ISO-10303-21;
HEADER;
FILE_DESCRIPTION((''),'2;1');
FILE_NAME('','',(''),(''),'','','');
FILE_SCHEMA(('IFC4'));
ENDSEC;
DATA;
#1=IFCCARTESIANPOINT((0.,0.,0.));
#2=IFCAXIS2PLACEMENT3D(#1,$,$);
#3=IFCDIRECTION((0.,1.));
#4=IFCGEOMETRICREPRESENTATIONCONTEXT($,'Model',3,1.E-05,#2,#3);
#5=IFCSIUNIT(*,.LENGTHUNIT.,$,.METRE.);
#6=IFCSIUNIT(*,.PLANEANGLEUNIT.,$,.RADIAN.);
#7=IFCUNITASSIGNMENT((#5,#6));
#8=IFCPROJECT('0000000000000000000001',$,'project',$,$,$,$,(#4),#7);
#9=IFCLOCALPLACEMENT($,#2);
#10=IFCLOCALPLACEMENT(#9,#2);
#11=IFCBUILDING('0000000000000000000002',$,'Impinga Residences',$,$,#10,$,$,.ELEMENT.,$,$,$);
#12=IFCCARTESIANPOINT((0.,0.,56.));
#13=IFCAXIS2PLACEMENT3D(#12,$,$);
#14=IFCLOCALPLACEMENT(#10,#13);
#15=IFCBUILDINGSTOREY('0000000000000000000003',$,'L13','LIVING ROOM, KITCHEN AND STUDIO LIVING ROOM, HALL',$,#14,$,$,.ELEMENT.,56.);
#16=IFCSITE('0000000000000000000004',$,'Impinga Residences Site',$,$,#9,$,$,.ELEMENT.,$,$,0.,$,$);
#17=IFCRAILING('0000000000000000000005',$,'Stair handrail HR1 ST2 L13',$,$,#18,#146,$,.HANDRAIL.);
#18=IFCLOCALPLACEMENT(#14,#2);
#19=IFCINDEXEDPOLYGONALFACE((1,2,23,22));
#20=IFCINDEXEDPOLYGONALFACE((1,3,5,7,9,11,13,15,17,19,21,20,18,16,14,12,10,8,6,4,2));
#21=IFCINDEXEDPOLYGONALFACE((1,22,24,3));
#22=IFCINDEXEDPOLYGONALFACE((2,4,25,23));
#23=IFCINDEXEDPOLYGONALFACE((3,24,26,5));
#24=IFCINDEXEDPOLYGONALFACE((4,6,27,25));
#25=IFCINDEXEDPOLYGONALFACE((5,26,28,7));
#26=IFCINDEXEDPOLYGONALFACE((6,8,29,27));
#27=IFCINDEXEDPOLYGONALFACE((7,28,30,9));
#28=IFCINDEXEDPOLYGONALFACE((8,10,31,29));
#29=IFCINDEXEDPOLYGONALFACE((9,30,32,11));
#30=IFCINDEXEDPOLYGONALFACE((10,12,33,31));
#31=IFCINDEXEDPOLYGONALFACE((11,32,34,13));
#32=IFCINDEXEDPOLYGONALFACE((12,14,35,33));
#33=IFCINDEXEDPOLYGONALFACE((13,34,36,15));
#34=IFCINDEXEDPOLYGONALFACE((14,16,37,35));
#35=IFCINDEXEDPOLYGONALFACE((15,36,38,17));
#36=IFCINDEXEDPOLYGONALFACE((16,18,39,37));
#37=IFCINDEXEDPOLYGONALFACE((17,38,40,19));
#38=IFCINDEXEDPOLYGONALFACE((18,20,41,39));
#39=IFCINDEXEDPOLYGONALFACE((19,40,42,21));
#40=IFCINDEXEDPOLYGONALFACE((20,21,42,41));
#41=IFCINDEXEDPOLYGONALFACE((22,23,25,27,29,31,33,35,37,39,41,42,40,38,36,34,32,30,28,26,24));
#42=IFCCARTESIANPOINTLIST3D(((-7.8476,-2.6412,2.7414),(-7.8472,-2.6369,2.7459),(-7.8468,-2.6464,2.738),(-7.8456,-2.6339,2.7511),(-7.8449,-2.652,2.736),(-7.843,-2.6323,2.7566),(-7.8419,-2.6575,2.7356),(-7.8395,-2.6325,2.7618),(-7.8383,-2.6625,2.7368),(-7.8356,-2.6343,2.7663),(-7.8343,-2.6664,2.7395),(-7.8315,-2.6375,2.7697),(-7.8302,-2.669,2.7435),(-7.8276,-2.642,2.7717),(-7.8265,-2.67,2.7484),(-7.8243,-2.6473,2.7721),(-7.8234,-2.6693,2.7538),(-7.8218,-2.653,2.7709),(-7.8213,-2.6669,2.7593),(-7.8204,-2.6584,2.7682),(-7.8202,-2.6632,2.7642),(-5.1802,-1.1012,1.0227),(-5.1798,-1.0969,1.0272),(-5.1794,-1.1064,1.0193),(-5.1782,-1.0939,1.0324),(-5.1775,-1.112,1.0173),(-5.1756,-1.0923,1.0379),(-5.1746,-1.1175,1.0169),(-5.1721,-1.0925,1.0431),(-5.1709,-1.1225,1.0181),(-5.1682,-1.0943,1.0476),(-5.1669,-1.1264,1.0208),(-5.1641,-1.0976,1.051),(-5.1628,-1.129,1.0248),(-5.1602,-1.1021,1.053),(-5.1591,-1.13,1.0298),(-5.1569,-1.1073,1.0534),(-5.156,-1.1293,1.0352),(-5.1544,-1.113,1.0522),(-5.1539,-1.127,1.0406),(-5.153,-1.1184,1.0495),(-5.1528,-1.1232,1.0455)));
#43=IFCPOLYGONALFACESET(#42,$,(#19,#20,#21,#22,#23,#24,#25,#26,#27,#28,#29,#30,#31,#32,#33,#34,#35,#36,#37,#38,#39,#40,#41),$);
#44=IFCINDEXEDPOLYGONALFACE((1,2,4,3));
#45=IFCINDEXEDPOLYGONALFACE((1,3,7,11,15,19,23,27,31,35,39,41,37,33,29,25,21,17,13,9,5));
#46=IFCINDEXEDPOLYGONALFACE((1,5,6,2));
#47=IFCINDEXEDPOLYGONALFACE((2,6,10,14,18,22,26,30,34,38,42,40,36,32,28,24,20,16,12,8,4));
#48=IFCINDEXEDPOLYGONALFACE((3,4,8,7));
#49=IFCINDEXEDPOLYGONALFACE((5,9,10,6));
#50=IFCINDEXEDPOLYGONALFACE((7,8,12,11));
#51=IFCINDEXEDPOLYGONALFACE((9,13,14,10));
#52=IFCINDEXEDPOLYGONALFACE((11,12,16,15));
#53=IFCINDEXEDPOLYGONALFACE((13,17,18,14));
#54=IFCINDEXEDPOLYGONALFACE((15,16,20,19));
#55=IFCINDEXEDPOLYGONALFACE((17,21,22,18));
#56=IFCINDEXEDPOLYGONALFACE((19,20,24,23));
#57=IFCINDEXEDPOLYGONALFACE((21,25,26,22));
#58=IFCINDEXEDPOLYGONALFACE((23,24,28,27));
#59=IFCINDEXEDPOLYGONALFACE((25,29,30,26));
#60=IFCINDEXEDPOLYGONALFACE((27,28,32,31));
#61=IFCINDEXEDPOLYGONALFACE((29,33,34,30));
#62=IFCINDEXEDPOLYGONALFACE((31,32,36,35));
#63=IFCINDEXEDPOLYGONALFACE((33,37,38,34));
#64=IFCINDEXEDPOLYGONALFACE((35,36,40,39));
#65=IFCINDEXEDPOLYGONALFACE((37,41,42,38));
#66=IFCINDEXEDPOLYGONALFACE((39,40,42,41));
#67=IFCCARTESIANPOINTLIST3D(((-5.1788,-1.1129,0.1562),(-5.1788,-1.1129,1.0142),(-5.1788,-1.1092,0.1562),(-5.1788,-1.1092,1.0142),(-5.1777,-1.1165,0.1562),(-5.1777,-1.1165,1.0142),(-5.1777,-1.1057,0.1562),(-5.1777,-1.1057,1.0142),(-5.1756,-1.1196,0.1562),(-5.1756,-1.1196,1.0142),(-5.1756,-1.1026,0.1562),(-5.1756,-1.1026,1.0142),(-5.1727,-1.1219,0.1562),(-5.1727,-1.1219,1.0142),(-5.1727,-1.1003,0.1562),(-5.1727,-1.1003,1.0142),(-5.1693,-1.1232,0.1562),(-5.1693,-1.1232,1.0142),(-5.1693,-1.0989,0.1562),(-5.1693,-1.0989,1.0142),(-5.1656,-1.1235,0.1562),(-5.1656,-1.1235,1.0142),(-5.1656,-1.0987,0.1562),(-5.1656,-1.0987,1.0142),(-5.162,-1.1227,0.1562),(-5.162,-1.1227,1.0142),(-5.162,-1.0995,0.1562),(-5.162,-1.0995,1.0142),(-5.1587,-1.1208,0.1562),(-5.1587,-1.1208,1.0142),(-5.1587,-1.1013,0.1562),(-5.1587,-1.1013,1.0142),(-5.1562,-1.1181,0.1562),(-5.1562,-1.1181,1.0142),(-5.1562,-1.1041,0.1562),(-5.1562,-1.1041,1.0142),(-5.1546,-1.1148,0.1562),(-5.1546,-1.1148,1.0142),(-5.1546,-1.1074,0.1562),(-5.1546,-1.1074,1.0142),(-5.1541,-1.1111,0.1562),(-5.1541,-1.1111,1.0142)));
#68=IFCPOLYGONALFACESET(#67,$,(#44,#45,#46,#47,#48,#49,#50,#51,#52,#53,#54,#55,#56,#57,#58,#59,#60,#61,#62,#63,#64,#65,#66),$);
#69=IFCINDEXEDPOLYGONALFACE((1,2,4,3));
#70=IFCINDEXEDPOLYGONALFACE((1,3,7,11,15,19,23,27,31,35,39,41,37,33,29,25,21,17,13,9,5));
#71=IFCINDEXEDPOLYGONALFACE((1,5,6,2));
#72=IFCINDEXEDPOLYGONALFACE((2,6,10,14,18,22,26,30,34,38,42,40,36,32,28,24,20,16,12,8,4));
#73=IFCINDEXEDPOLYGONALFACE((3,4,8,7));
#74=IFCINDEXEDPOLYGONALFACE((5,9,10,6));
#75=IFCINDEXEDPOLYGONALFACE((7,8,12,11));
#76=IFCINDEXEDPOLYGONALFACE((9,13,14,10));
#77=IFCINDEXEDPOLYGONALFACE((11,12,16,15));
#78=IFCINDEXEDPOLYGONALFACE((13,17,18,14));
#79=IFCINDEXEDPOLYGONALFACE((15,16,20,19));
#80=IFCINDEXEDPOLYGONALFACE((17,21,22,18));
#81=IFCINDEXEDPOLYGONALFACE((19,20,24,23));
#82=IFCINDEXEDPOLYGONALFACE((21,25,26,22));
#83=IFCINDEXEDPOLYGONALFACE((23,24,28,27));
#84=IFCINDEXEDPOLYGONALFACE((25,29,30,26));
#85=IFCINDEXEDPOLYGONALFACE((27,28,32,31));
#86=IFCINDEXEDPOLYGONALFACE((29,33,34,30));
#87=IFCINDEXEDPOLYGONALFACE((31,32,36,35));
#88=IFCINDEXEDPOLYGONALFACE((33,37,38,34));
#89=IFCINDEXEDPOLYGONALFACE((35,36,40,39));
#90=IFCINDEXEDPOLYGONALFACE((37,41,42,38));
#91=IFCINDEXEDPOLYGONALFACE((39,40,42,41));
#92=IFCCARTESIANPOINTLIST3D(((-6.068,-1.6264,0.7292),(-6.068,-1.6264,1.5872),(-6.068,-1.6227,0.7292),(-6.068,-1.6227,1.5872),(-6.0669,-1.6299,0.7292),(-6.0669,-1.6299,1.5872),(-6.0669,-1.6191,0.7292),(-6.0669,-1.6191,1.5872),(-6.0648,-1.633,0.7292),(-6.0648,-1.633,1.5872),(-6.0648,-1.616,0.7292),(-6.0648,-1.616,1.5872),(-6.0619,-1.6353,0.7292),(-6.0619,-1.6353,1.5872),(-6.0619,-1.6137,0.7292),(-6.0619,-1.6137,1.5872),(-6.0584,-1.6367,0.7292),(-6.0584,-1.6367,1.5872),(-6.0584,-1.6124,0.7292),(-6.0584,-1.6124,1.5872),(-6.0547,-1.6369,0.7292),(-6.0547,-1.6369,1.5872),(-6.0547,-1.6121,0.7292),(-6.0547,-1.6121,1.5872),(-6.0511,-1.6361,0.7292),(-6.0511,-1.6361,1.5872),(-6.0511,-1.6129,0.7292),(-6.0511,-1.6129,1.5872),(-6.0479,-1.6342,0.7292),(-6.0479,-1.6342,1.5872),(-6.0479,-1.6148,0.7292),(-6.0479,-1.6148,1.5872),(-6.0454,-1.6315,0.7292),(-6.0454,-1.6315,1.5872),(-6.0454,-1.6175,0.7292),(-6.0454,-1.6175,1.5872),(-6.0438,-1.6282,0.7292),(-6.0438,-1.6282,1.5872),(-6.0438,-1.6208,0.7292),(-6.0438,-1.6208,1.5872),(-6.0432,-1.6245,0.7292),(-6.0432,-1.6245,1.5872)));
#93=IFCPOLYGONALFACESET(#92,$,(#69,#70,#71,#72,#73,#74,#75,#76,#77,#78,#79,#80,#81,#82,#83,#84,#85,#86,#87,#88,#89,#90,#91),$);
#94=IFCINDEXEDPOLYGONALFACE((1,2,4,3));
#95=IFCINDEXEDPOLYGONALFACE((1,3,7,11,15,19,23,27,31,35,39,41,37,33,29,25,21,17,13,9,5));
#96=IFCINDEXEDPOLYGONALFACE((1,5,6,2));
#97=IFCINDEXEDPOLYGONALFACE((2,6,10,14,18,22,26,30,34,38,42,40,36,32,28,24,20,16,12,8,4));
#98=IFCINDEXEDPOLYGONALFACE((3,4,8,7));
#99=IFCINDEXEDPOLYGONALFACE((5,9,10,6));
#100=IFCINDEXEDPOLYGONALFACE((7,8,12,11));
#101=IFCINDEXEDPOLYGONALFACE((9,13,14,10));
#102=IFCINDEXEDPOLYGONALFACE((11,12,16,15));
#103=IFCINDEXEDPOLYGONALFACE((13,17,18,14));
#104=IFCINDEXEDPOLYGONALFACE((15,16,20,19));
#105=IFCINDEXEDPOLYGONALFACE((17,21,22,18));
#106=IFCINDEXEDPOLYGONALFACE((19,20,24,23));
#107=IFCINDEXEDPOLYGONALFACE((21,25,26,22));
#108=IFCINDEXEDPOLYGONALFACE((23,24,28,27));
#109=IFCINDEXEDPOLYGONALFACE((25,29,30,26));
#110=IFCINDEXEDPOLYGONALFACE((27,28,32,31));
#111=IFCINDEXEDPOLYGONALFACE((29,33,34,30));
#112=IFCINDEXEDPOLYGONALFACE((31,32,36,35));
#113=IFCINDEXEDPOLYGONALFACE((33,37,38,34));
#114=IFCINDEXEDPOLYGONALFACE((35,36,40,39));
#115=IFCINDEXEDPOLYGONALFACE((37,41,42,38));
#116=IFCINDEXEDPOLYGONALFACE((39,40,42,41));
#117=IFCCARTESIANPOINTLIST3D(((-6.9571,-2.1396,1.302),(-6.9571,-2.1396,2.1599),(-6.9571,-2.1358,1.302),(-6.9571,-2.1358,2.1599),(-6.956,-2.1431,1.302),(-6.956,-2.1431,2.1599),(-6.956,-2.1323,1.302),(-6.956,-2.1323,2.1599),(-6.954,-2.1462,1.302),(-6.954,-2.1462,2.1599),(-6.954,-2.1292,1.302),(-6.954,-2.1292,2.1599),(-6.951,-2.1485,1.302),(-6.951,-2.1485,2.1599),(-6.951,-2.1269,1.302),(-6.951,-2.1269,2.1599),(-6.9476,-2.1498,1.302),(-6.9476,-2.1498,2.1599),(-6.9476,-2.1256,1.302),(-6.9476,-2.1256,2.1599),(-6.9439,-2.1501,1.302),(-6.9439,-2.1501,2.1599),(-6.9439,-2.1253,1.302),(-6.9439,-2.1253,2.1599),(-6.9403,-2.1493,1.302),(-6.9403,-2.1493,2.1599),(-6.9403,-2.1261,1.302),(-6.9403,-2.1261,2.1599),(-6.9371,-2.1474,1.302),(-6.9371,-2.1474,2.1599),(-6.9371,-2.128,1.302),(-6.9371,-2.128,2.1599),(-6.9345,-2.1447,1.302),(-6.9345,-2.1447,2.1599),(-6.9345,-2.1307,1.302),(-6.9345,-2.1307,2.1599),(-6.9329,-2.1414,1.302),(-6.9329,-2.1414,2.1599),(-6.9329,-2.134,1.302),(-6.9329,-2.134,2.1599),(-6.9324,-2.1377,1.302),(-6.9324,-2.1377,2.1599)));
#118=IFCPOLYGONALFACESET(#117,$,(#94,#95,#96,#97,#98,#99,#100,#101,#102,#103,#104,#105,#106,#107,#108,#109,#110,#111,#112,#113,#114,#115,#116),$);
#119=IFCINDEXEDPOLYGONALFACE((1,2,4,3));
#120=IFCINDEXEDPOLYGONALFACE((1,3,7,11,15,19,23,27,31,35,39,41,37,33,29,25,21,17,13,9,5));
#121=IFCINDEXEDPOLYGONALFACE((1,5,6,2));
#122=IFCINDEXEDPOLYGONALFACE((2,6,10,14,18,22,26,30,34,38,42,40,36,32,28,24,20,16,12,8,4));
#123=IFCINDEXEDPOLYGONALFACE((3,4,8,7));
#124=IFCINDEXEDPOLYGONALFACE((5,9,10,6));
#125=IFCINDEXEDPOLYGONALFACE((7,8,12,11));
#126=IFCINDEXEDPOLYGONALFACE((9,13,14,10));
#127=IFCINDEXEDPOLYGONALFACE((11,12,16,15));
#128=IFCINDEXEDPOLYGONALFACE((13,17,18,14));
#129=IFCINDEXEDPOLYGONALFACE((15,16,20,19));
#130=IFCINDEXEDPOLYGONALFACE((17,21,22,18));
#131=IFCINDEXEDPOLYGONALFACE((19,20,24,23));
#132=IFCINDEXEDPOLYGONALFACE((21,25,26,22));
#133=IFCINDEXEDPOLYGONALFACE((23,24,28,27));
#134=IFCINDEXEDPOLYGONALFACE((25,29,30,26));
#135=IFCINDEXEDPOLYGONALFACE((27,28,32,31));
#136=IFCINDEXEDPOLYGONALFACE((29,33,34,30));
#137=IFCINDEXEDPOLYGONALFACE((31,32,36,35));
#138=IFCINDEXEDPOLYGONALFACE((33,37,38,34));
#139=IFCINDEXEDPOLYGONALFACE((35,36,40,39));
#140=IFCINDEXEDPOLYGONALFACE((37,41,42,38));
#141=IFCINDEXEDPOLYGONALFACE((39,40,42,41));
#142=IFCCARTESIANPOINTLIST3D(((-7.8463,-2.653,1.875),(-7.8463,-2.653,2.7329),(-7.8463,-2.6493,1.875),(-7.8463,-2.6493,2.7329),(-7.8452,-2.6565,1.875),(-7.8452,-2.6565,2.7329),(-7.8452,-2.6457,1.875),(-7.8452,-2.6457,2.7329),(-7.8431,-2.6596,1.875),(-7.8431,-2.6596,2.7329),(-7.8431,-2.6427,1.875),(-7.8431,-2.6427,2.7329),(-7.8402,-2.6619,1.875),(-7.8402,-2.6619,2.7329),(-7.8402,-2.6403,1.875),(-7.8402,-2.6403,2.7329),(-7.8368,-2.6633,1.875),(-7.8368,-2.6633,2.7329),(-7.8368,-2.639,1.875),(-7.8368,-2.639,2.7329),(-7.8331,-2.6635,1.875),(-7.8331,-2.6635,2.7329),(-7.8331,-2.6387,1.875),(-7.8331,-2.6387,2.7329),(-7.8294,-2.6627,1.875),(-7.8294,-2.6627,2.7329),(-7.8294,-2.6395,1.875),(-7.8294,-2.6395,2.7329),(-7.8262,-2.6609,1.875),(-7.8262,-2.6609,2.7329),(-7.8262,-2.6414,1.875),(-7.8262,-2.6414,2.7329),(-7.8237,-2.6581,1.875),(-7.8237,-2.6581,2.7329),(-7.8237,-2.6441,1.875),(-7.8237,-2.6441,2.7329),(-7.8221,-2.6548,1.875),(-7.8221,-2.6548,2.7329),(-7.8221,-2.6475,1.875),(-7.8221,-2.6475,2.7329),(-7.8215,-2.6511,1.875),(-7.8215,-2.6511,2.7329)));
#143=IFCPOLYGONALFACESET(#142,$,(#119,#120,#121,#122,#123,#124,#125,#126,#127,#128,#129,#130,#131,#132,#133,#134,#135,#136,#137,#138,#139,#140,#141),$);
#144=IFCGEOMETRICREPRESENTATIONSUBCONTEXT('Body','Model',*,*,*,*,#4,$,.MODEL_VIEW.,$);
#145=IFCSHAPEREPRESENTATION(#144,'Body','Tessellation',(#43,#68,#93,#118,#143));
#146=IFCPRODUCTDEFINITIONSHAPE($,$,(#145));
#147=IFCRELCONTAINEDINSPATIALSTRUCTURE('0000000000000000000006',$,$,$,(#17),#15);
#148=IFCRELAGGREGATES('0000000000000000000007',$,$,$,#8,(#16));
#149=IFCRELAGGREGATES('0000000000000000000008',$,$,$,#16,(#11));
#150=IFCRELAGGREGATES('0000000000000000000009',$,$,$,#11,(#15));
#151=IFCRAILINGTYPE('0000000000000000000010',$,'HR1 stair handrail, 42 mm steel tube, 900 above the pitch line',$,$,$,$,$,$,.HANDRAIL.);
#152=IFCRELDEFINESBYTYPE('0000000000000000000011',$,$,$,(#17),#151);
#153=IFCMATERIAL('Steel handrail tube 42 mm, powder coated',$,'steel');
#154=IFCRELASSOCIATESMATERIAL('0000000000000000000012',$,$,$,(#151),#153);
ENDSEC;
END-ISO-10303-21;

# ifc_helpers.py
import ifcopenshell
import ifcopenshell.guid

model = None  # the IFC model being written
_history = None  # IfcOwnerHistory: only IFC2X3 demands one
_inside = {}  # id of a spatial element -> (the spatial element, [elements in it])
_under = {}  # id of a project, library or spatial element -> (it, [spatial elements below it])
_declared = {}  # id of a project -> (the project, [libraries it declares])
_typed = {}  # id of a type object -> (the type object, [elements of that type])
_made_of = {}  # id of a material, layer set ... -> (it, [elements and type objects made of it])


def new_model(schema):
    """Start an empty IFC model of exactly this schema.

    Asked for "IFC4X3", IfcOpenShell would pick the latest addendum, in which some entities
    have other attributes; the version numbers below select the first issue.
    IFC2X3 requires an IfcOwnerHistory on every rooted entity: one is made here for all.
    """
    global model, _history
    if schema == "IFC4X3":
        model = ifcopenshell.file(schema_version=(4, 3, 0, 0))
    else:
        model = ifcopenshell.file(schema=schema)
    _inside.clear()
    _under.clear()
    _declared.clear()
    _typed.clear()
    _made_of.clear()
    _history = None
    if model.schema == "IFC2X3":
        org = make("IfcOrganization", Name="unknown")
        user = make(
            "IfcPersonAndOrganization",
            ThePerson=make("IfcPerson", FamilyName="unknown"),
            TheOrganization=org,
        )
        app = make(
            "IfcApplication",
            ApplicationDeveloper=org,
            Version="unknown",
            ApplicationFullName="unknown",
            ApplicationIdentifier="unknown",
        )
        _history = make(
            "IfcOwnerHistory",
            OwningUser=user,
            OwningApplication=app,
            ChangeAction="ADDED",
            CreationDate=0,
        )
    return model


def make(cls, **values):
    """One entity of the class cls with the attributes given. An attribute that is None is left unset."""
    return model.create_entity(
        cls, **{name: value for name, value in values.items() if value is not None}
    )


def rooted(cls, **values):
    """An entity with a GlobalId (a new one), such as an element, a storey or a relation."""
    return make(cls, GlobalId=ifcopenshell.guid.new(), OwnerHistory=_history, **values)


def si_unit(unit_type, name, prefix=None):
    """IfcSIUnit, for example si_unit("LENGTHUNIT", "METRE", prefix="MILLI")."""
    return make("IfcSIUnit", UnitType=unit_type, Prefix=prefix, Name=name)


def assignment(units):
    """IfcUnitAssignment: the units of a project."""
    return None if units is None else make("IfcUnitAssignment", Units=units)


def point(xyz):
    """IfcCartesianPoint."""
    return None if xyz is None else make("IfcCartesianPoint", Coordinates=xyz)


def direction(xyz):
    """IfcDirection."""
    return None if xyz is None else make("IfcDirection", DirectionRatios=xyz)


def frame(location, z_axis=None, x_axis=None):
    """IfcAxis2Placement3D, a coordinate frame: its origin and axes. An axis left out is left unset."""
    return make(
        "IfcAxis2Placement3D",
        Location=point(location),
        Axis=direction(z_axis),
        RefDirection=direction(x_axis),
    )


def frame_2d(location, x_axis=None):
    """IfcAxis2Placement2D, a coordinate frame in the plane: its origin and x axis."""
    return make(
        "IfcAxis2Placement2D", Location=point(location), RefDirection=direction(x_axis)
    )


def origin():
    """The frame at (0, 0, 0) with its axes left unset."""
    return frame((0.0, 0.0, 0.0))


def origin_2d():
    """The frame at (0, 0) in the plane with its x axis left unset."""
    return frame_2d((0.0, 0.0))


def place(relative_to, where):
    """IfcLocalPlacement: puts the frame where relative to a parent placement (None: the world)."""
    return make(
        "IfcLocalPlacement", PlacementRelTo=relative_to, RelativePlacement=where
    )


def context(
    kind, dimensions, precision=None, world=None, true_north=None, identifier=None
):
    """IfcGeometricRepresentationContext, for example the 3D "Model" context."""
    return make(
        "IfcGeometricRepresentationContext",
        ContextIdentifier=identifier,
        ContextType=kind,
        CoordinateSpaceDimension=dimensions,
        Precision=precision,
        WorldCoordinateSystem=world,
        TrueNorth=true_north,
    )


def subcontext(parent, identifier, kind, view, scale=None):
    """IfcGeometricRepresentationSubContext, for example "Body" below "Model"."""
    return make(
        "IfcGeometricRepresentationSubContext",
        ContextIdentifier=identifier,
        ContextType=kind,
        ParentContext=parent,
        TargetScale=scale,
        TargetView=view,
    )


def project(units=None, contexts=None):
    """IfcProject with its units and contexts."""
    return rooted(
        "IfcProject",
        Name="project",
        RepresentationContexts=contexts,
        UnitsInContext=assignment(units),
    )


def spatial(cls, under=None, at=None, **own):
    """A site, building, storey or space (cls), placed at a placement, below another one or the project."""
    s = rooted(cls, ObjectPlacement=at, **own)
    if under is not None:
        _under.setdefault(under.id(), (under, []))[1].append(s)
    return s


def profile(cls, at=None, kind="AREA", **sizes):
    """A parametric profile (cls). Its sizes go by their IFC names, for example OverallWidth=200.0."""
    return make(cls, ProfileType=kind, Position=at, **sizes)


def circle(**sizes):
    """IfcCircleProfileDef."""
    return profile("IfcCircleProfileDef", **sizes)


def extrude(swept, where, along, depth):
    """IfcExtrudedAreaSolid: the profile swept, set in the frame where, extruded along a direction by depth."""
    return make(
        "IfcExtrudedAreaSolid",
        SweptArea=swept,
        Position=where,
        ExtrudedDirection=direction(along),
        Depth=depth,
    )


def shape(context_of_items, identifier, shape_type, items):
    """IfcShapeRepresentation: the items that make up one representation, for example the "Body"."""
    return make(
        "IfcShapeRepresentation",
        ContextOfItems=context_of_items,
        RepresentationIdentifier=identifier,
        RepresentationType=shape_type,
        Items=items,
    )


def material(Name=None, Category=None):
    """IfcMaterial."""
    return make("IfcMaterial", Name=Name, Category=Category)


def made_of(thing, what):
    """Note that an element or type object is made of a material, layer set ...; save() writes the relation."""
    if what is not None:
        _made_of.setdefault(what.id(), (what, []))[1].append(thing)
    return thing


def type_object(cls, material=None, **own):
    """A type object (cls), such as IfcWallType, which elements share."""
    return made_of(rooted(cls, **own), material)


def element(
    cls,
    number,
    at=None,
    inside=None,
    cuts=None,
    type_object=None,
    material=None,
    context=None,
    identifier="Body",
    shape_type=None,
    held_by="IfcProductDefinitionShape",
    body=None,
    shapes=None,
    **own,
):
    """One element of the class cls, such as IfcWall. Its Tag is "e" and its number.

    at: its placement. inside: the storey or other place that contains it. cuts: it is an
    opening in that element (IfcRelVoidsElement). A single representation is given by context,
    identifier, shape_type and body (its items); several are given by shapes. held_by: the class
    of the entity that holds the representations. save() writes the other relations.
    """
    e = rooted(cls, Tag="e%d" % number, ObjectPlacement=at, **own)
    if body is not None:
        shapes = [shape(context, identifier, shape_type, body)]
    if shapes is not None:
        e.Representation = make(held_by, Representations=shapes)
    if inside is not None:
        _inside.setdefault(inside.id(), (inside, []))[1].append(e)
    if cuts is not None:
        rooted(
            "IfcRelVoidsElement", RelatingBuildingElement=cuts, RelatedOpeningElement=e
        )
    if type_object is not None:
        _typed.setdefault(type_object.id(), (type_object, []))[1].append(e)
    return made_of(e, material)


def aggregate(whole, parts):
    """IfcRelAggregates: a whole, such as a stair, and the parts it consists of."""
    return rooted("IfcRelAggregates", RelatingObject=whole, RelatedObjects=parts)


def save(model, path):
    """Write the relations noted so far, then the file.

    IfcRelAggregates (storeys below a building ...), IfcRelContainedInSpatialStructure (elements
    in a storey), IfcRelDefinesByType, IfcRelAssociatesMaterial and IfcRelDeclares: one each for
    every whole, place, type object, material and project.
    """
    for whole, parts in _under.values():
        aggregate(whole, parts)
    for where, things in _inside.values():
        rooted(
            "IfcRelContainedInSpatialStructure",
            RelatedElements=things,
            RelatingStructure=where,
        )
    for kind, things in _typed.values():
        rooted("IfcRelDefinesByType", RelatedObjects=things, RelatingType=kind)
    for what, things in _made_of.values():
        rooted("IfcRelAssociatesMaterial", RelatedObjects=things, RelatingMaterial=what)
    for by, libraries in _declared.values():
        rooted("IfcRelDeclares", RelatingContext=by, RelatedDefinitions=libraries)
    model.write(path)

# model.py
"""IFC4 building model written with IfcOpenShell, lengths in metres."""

from ifc_helpers import new_model, si_unit, direction, frame, origin, origin_2d, place, context, subcontext, project, spatial, circle, extrude, material, type_object, element, save


model = new_model("IFC4")

# Units and contexts
model_context = context("Model", 3, precision=1e-05, world=origin(), true_north=direction((0.0, 1.0)))
body_context = subcontext(model_context, "Body", "Model", "MODEL_VIEW")
ifc_project = project(units=[si_unit("LENGTHUNIT", "METRE"), si_unit("PLANEANGLEUNIT", "RADIAN")], contexts=[model_context])

# Site, building, storey
site_placement = place(None, origin())
site = spatial("IfcSite", under=ifc_project, at=site_placement, Name="Impinga Residences Site", CompositionType="ELEMENT", RefElevation=0.0)
building_placement = place(site_placement, origin())
building = spatial("IfcBuilding", under=site, at=building_placement, Name="Impinga Residences", CompositionType="ELEMENT")
storey_placement = place(building_placement, frame((0.0, 0.0, 56.0)))
storey = spatial("IfcBuildingStorey", under=building, at=storey_placement, Name="L13", Description="LIVING ROOM, KITCHEN AND STUDIO LIVING ROOM, HALL", CompositionType="ELEMENT", Elevation=56.0)

# Railing
ifc_material_1 = material(Name="Steel handrail tube 42 mm, powder coated", Category="steel")
railing_type = type_object("IfcRailingType", Name="HR1 stair handrail, 42 mm steel tube, 900 above the pitch line", PredefinedType="HANDRAIL", material=ifc_material_1)
railing_placement = place(storey_placement, frame((-5.1665, -1.1111, 0.1562)))
element("IfcRailing", 1, at=railing_placement, inside=storey, type_object=railing_type, Name="Stair handrail HR1 ST2 L13", PredefinedType="HANDRAIL", context=body_context, shape_type="SweptSolid", body=[
    extrude(circle(Radius=0.021, at=origin_2d()), frame((0.0, 0.0, 0.8789), z_axis=(-0.756256, -0.436616, 0.487282), x_axis=(0.499992, -0.86603, 0.0)), (0.0, 0.0, 1.0), 3.5271),
    extrude(circle(Radius=0.0125, at=origin_2d()), origin(), (0.0, 0.0, 1.0), 0.8579),
    extrude(circle(Radius=0.0125, at=origin_2d()), frame((-0.8892, -0.5134, 0.573)), (0.0, 0.0, 1.0), 0.8579),
    extrude(circle(Radius=0.0125, at=origin_2d()), frame((-1.7783, -1.0266, 1.1458)), (0.0, 0.0, 1.0), 0.8579),
    extrude(circle(Radius=0.0125, at=origin_2d()), frame((-2.6675, -1.54, 1.7188)), (0.0, 0.0, 1.0), 0.8579),
])

save(model, "model.ifc")
